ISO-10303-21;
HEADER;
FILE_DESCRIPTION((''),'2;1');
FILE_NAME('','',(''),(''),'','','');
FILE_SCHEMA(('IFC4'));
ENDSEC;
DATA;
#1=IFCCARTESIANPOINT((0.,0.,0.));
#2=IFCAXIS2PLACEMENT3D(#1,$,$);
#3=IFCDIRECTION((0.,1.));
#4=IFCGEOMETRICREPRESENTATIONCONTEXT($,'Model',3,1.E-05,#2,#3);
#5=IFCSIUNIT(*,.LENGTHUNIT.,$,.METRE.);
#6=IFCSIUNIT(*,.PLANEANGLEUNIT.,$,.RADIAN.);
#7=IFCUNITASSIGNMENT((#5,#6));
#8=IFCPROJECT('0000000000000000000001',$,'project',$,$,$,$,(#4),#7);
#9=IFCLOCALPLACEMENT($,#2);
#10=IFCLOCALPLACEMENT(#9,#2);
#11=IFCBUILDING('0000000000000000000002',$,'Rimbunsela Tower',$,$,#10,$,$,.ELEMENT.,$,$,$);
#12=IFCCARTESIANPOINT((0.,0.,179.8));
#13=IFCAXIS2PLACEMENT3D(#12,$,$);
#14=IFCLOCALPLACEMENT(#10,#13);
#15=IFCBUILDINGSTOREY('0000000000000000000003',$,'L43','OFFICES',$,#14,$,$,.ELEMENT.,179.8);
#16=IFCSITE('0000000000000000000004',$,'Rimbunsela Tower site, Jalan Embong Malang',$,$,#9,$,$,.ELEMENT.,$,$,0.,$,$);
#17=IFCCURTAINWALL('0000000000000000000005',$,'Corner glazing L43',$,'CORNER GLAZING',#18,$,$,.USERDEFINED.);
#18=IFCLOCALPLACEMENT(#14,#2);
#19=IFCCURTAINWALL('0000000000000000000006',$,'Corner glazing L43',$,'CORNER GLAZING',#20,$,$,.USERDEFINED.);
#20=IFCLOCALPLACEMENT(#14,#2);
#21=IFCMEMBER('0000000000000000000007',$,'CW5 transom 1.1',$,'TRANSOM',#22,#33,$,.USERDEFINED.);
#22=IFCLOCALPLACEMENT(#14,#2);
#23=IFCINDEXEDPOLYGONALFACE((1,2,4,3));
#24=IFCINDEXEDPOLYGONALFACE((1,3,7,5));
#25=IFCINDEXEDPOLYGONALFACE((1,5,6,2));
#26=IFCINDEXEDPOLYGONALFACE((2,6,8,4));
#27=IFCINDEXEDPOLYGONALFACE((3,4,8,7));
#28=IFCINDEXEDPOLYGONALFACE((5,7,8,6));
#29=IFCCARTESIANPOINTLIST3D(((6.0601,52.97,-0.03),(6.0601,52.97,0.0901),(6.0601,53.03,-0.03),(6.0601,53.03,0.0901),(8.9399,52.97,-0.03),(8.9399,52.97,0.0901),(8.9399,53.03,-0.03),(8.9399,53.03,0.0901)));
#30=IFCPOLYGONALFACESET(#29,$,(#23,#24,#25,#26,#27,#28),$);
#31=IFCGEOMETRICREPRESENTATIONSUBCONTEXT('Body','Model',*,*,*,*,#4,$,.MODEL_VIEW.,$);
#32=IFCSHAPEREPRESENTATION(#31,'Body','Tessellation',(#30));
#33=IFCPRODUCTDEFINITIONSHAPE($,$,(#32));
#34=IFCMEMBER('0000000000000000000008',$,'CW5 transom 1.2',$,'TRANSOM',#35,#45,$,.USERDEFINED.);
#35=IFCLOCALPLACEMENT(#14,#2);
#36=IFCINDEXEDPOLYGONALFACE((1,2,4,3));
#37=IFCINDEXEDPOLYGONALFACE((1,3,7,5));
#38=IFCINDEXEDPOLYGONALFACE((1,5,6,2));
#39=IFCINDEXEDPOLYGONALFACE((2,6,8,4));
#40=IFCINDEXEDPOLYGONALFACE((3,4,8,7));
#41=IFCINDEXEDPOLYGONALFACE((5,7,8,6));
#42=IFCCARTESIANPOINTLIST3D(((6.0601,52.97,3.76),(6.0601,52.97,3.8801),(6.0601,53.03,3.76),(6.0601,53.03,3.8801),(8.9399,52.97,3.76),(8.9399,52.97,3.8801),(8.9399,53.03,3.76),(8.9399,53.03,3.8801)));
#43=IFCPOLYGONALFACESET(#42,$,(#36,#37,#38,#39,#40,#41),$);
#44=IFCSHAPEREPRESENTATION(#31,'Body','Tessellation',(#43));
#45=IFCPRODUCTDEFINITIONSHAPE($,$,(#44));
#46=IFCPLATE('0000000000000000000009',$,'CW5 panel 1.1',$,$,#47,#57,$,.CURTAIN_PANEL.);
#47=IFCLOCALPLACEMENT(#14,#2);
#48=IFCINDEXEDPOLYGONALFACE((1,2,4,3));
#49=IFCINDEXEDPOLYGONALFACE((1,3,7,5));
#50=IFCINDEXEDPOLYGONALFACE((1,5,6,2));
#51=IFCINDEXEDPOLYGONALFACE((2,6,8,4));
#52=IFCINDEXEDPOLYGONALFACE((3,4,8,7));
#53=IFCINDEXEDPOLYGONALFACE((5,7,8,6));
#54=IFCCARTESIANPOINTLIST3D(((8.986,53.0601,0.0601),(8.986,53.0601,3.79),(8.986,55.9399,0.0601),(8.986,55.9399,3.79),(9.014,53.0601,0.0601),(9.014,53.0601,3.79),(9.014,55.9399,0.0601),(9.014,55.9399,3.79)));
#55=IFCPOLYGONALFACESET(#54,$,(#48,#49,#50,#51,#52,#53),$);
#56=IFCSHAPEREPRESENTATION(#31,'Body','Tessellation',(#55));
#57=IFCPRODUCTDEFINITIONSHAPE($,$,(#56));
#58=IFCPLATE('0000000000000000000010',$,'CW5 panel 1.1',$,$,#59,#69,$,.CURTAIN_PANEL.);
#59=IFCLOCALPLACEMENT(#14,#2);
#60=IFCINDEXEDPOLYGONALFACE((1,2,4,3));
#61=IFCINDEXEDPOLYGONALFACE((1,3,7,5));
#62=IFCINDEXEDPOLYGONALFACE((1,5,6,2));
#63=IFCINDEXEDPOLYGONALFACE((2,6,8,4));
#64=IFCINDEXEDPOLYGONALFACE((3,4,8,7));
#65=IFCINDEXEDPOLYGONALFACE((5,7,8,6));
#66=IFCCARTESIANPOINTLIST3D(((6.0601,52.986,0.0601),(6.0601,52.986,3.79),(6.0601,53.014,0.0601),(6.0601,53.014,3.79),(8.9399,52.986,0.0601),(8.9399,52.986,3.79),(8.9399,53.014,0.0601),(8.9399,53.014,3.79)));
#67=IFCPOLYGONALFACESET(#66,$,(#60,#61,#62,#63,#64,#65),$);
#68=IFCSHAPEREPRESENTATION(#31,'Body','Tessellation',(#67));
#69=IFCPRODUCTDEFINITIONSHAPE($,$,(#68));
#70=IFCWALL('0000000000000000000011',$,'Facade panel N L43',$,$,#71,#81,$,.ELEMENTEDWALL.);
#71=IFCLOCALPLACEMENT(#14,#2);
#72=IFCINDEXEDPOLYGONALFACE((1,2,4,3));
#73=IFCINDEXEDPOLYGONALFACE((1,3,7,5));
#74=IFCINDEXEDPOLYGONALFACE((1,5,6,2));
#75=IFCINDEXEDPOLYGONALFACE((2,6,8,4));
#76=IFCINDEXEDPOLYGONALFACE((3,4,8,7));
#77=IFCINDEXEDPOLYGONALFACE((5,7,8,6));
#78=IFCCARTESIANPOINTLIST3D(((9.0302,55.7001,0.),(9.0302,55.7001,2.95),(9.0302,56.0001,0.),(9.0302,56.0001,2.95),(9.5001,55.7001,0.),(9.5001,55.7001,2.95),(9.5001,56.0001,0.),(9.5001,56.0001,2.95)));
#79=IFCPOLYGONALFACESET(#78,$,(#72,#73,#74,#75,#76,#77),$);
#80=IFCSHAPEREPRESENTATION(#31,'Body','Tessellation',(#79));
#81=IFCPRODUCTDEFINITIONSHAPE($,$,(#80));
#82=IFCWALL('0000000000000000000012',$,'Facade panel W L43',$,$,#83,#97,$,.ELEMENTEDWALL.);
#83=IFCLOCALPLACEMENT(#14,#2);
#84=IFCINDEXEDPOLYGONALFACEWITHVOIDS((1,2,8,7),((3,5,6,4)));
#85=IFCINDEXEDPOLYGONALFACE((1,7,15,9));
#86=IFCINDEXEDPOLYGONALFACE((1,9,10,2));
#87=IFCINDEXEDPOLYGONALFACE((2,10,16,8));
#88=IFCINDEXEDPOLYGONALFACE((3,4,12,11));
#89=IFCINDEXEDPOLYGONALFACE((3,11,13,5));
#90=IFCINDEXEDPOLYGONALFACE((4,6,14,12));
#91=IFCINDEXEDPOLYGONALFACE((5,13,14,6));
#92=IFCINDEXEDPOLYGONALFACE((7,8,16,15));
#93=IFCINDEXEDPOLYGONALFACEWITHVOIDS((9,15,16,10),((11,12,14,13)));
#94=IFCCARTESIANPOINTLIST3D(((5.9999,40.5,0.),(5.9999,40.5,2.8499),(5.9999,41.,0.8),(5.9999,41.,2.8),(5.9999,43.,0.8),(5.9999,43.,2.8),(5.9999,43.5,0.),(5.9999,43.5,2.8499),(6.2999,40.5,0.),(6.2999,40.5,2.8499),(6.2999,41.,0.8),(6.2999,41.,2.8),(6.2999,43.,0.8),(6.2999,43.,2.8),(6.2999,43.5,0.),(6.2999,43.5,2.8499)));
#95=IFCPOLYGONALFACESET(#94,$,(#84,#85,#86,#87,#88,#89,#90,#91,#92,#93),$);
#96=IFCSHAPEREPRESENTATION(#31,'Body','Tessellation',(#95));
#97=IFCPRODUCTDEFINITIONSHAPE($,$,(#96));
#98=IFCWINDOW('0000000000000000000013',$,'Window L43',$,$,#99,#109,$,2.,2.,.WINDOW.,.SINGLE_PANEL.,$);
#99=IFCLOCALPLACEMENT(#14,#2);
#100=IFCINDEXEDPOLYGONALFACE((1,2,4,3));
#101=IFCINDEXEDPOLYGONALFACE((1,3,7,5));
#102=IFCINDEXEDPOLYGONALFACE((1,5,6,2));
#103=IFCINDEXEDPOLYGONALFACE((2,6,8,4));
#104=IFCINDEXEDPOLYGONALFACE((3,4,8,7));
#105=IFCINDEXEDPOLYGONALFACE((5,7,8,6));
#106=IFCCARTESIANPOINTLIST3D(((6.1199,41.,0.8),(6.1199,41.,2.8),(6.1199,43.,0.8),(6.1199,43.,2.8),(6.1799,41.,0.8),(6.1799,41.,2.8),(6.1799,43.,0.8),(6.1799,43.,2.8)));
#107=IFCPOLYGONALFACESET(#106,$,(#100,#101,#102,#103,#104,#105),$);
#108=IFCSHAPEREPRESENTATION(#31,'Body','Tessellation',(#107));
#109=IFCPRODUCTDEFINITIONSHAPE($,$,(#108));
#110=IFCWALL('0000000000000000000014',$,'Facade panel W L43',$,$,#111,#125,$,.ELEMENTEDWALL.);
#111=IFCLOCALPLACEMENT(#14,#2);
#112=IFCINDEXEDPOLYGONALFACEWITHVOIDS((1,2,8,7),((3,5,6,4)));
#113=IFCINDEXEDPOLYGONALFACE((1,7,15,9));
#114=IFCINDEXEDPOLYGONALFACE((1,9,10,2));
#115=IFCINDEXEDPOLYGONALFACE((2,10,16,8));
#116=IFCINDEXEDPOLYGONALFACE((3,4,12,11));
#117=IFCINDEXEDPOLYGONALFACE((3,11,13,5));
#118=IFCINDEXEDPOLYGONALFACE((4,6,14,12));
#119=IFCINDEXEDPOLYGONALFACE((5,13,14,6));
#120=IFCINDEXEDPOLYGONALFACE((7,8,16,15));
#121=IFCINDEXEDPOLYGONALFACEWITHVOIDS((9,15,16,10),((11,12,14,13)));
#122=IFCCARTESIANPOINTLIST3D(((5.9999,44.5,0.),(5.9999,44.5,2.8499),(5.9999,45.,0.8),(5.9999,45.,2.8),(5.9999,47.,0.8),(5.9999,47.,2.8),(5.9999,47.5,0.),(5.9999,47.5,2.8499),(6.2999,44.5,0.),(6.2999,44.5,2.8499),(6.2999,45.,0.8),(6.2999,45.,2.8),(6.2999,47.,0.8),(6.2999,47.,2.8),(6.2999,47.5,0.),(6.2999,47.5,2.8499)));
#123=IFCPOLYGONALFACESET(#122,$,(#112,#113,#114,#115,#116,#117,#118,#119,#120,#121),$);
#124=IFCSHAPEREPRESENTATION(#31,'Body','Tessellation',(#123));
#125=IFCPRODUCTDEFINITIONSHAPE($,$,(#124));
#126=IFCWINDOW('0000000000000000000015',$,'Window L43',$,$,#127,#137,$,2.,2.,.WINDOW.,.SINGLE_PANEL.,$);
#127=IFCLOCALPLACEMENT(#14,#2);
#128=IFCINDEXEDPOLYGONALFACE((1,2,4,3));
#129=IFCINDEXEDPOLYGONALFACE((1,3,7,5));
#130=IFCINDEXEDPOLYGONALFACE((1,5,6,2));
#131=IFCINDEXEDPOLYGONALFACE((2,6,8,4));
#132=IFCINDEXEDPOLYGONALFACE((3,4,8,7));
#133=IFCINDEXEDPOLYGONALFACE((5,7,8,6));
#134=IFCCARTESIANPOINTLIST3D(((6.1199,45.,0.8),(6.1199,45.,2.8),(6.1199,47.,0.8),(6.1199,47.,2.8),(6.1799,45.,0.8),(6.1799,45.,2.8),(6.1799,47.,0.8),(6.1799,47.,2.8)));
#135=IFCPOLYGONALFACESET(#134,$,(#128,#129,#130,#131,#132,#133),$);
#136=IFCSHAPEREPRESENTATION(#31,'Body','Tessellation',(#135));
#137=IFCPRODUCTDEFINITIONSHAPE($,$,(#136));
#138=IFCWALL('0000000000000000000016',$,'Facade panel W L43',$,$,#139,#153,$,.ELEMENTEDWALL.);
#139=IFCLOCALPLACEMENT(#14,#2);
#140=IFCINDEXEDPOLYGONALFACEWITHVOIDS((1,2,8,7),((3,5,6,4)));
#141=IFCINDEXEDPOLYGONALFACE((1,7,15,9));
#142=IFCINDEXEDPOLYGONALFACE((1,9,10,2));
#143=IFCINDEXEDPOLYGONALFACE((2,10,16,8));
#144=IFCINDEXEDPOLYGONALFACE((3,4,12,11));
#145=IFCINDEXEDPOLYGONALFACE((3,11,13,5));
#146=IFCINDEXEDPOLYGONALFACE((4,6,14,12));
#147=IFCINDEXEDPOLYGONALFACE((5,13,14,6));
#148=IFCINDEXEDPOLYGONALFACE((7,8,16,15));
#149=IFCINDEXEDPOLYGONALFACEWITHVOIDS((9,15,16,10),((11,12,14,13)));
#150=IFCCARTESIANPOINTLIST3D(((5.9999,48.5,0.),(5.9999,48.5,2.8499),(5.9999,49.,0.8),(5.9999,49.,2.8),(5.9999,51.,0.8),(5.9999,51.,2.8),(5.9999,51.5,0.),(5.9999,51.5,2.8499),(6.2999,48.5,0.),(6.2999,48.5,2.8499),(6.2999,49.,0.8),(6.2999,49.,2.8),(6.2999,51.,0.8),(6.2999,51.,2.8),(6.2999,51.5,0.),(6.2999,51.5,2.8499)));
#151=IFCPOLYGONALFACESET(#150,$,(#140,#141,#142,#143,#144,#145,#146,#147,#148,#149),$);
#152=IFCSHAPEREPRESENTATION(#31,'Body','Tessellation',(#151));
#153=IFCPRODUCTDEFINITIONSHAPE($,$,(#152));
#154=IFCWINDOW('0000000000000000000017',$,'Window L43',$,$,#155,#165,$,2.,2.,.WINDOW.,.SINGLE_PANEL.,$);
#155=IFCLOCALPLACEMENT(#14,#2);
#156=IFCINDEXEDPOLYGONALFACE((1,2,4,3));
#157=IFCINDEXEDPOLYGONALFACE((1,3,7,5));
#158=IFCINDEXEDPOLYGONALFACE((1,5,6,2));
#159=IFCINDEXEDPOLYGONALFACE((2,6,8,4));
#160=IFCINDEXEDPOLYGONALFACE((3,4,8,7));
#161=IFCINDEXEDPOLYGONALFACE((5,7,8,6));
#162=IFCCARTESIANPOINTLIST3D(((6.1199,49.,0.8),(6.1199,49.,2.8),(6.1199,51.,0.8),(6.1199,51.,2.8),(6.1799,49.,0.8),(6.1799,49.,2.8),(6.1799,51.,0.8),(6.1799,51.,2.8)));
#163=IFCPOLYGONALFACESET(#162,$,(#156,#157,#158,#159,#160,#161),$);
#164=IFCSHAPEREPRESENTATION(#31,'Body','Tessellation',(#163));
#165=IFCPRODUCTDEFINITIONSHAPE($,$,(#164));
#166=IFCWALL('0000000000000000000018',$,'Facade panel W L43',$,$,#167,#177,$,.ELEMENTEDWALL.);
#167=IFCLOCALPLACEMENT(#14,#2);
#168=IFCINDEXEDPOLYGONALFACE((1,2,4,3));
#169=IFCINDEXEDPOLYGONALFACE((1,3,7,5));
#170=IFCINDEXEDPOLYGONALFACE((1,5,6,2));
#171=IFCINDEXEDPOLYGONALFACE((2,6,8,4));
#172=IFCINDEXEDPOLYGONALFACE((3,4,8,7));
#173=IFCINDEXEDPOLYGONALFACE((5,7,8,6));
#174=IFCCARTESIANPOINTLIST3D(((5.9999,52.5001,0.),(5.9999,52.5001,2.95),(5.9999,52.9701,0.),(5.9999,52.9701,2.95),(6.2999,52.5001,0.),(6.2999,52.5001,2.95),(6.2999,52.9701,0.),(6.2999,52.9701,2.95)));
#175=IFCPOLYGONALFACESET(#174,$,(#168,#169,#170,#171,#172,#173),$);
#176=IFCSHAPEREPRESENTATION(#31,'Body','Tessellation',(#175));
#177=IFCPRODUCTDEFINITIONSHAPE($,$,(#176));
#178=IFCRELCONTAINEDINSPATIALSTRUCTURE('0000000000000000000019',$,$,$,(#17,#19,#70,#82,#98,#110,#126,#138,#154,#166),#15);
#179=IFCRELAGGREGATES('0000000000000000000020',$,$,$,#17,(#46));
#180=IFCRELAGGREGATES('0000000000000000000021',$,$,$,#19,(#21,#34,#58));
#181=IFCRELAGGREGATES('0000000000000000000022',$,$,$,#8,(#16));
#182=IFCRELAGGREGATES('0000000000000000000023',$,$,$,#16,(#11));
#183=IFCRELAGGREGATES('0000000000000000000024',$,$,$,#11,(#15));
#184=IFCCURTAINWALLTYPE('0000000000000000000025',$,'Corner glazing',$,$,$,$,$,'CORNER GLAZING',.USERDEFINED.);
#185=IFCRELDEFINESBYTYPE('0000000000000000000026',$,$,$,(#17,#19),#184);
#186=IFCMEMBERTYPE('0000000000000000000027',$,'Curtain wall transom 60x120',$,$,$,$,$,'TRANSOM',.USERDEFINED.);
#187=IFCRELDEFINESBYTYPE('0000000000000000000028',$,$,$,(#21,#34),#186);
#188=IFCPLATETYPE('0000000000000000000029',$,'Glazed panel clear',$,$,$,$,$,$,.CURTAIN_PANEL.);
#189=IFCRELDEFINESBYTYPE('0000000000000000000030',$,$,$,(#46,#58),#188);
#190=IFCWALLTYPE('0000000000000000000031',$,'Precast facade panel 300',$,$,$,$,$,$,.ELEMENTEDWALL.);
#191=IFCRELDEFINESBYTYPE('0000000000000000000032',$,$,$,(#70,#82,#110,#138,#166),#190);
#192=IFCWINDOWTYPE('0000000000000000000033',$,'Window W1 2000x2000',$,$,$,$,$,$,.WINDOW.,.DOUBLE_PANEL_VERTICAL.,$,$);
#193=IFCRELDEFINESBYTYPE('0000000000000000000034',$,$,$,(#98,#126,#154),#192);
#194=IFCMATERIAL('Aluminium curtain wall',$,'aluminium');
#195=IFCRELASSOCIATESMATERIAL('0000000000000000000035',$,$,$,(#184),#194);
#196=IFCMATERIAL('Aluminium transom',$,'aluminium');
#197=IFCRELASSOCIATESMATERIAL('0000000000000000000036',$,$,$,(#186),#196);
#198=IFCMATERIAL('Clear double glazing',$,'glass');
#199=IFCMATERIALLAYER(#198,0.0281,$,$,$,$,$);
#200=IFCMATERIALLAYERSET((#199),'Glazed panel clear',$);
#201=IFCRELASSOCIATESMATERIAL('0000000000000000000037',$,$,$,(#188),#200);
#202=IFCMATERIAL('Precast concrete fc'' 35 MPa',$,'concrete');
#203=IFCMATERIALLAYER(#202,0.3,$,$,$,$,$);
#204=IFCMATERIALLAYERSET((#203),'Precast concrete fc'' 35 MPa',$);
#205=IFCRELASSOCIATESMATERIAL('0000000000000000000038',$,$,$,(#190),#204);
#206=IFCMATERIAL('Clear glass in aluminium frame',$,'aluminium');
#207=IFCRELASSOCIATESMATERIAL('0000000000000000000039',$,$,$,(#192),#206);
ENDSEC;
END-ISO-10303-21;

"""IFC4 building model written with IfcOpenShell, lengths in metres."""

from ifc_helpers import new_model, si_unit, direction, frame, frame_2d, origin, origin_2d, place, context, subcontext, project, spatial, rectangle, extrude, material, layer, layer_set, material_profile, profile_set, type_object, element, fill, aggregate, save


model = new_model("IFC4")

# Units and contexts
model_context = context("Model", 3, precision=1e-05, world=origin(), true_north=direction((0.0, 1.0)))
body_context = subcontext(model_context, "Body", "Model", "MODEL_VIEW")
ifc_project = project(units=[si_unit("LENGTHUNIT", "METRE"), si_unit("PLANEANGLEUNIT", "RADIAN")], contexts=[model_context])

# Site, building, storey
site_placement = place(None, origin())
site = spatial("IfcSite", under=ifc_project, at=site_placement, Name="Rimbunsela Tower site, Jalan Embong Malang", CompositionType="ELEMENT", RefElevation=0.0)
building_placement = place(site_placement, origin())
building = spatial("IfcBuilding", under=site, at=building_placement, Name="Rimbunsela Tower", CompositionType="ELEMENT")
storey_placement = place(building_placement, frame((0.0, 0.0, 179.8)))
storey = spatial("IfcBuildingStorey", under=building, at=storey_placement, Name="L43", Description="OFFICES", CompositionType="ELEMENT", Elevation=179.8)

# Curtain walls
ifc_material_1 = material(Name="Aluminium curtain wall", Category="aluminium")
curtain_wall_type = type_object("IfcCurtainWallType", Name="Corner glazing", ElementType="CORNER GLAZING", PredefinedType="USERDEFINED", material=ifc_material_1)
curtain_wall_1_placement = place(storey_placement, origin())
curtain_wall_1 = element("IfcCurtainWall", 1, at=curtain_wall_1_placement, inside=storey, type_object=curtain_wall_type, Name="Corner glazing L43", ObjectType="CORNER GLAZING", PredefinedType="USERDEFINED")
curtain_wall_2_placement = place(storey_placement, origin())
curtain_wall_2 = element("IfcCurtainWall", 2, at=curtain_wall_2_placement, inside=storey, type_object=curtain_wall_type, Name="Corner glazing L43", ObjectType="CORNER GLAZING", PredefinedType="USERDEFINED")

# Members
ifc_material_2 = material(Name="Aluminium transom", Category="aluminium")
ifc_material_profile_1 = material_profile(ifc_material_2, rectangle(XDim=0.0601, YDim=0.1201, at=origin_2d()), Name="Transom 60x120")
ifc_profile_set_1 = profile_set([ifc_material_profile_1], Name="Aluminium transom")
member_type_1 = type_object("IfcMemberType", Name="Curtain wall transom 60x120", ElementType="TRANSOM", PredefinedType="USERDEFINED", material=ifc_profile_set_1)
member_1_placement = place(storey_placement, frame((8.9399, 53.0, 0.03), z_axis=(-1.0, 0.0, 0.0), x_axis=(0.0, -1.0, 0.0)))
member_1 = element("IfcMember", 3, at=member_1_placement, type_object=member_type_1, Name="CW5 transom 1.1", ObjectType="TRANSOM", PredefinedType="USERDEFINED", context=body_context, shape_type="SweptSolid", body=[
    extrude(rectangle(XDim=0.0601, YDim=0.1201, at=origin_2d()), origin(), (0.0, 0.0, 1.0), 2.8799),
])
member_2_placement = place(storey_placement, frame((8.9399, 53.0, 3.8201), z_axis=(-1.0, 0.0, 0.0), x_axis=(0.0, -1.0, 0.0)))
member_2 = element("IfcMember", 4, at=member_2_placement, type_object=member_type_1, Name="CW5 transom 1.2", ObjectType="TRANSOM", PredefinedType="USERDEFINED", context=body_context, shape_type="SweptSolid", body=[
    extrude(rectangle(XDim=0.0601, YDim=0.1201, at=origin_2d()), origin(), (0.0, 0.0, 1.0), 2.8799),
])

# Plates
ifc_material_3 = material(Name="Clear double glazing", Category="glass")
ifc_layer_1 = layer(ifc_material_3, 0.0281)
ifc_layer_set_1 = layer_set([ifc_layer_1], Name="Glazed panel clear")
plate_type = type_object("IfcPlateType", Name="Glazed panel clear", PredefinedType="CURTAIN_PANEL", material=ifc_layer_set_1)
plate_1_placement = place(storey_placement, frame((9.0, 54.5, 0.0601), z_axis=(0.0, 0.0, 1.0), x_axis=(0.0, -1.0, 0.0)))
plate_1 = element("IfcPlate", 5, at=plate_1_placement, type_object=plate_type, Name="CW5 panel 1.1", PredefinedType="CURTAIN_PANEL", context=body_context, shape_type="SweptSolid", body=[
    extrude(rectangle(XDim=2.8799, YDim=0.0281, at=origin_2d()), origin(), (0.0, 0.0, 1.0), 3.73),
])
aggregate(curtain_wall_1, [plate_1])
plate_2_placement = place(storey_placement, frame((7.5, 53.0, 0.0601), z_axis=(0.0, 0.0, 1.0), x_axis=(-1.0, 0.0, 0.0)))
plate_2 = element("IfcPlate", 6, at=plate_2_placement, type_object=plate_type, Name="CW5 panel 1.1", PredefinedType="CURTAIN_PANEL", context=body_context, shape_type="SweptSolid", body=[
    extrude(rectangle(XDim=2.8799, YDim=0.0281, at=origin_2d()), origin(), (0.0, 0.0, 1.0), 3.73),
])
aggregate(curtain_wall_2, [member_1, member_2, plate_2])

# Wall
ifc_material_4 = material(Name="Precast concrete fc' 35 MPa", Category="concrete")
ifc_layer_2 = layer(ifc_material_4, 0.3)
ifc_layer_set_2 = layer_set([ifc_layer_2], Name="Precast concrete fc' 35 MPa")
wall_type = type_object("IfcWallType", Name="Precast facade panel 300", PredefinedType="ELEMENTEDWALL", material=ifc_layer_set_2)
wall_1_placement = place(storey_placement, frame((9.5, 55.8501, 0.0), z_axis=(0.0, 0.0, 1.0), x_axis=(-1.0, 0.0, 0.0)))
element("IfcWall", 7, at=wall_1_placement, inside=storey, type_object=wall_type, Name="Facade panel N L43", PredefinedType="ELEMENTEDWALL", context=body_context, shape_type="SweptSolid", body=[
    extrude(rectangle(XDim=0.47, YDim=0.3, at=frame_2d((0.2349, 0.0))), origin(), (0.0, 0.0, 1.0), 2.95),
])

# Walls, openings, windows
wall_2_placement = place(storey_placement, frame((6.1499, 43.5, 0.0), z_axis=(0.0, 0.0, 1.0), x_axis=(0.0, -1.0, 0.0)))
wall_2 = element("IfcWall", 8, at=wall_2_placement, inside=storey, type_object=wall_type, Name="Facade panel W L43", PredefinedType="ELEMENTEDWALL", context=body_context, shape_type="SweptSolid", body=[
    extrude(rectangle(XDim=3.0, YDim=0.3, at=frame_2d((1.5, 0.0))), origin(), (0.0, 0.0, 1.0), 2.8499),
])
opening_1_placement = place(wall_2_placement, frame((0.5, 0.0, 0.8)))
opening_1 = element("IfcOpeningElement", 9, at=opening_1_placement, cuts=wall_2, PredefinedType="OPENING", context=body_context, shape_type="SweptSolid", body=[
    extrude(rectangle(XDim=2.0, YDim=2.0, at=frame_2d((1.0, 1.0))), frame((0.0, 0.1599, 0.0), z_axis=(0.0, -1.0, 0.0), x_axis=(1.0, 0.0, 0.0)), (0.0, 0.0, 1.0), 0.3201),
])
ifc_material_5 = material(Name="Clear glass in aluminium frame", Category="aluminium")
window_type = type_object("IfcWindowType", Name="Window W1 2000x2000", PartitioningType="DOUBLE_PANEL_VERTICAL", PredefinedType="WINDOW", material=ifc_material_5)
window_1_placement = place(opening_1_placement, origin())
window_1 = element("IfcWindow", 10, at=window_1_placement, inside=storey, type_object=window_type, Name="Window L43", OverallHeight=2.0, OverallWidth=2.0, PartitioningType="SINGLE_PANEL", PredefinedType="WINDOW", context=body_context, shape_type="SweptSolid", body=[
    extrude(rectangle(XDim=2.0, YDim=2.0, at=frame_2d((1.0, 1.0))), frame((0.0, 0.03, 0.0), z_axis=(0.0, -1.0, 0.0), x_axis=(1.0, 0.0, 0.0)), (0.0, 0.0, 1.0), 0.0601),
])
fill(opening_1, window_1)
wall_3_placement = place(storey_placement, frame((6.1499, 47.5, 0.0), z_axis=(0.0, 0.0, 1.0), x_axis=(0.0, -1.0, 0.0)))
wall_3 = element("IfcWall", 11, at=wall_3_placement, inside=storey, type_object=wall_type, Name="Facade panel W L43", PredefinedType="ELEMENTEDWALL", context=body_context, shape_type="SweptSolid", body=[
    extrude(rectangle(XDim=3.0, YDim=0.3, at=frame_2d((1.5, 0.0))), origin(), (0.0, 0.0, 1.0), 2.8499),
])
opening_2_placement = place(wall_3_placement, frame((0.5, 0.0, 0.8)))
opening_2 = element("IfcOpeningElement", 12, at=opening_2_placement, cuts=wall_3, PredefinedType="OPENING", context=body_context, shape_type="SweptSolid", body=[
    extrude(rectangle(XDim=2.0, YDim=2.0, at=frame_2d((1.0, 1.0))), frame((0.0, 0.1599, 0.0), z_axis=(0.0, -1.0, 0.0), x_axis=(1.0, 0.0, 0.0)), (0.0, 0.0, 1.0), 0.3201),
])
window_2_placement = place(opening_2_placement, origin())
window_2 = element("IfcWindow", 13, at=window_2_placement, inside=storey, type_object=window_type, Name="Window L43", OverallHeight=2.0, OverallWidth=2.0, PartitioningType="SINGLE_PANEL", PredefinedType="WINDOW", context=body_context, shape_type="SweptSolid", body=[
    extrude(rectangle(XDim=2.0, YDim=2.0, at=frame_2d((1.0, 1.0))), frame((0.0, 0.03, 0.0), z_axis=(0.0, -1.0, 0.0), x_axis=(1.0, 0.0, 0.0)), (0.0, 0.0, 1.0), 0.0601),
])
fill(opening_2, window_2)
wall_4_placement = place(storey_placement, frame((6.1499, 51.5, 0.0), z_axis=(0.0, 0.0, 1.0), x_axis=(0.0, -1.0, 0.0)))
wall_4 = element("IfcWall", 14, at=wall_4_placement, inside=storey, type_object=wall_type, Name="Facade panel W L43", PredefinedType="ELEMENTEDWALL", context=body_context, shape_type="SweptSolid", body=[
    extrude(rectangle(XDim=3.0, YDim=0.3, at=frame_2d((1.5, 0.0))), origin(), (0.0, 0.0, 1.0), 2.8499),
])
opening_3_placement = place(wall_4_placement, frame((0.5, 0.0, 0.8)))
opening_3 = element("IfcOpeningElement", 15, at=opening_3_placement, cuts=wall_4, PredefinedType="OPENING", context=body_context, shape_type="SweptSolid", body=[
    extrude(rectangle(XDim=2.0, YDim=2.0, at=frame_2d((1.0, 1.0))), frame((0.0, 0.1599, 0.0), z_axis=(0.0, -1.0, 0.0), x_axis=(1.0, 0.0, 0.0)), (0.0, 0.0, 1.0), 0.3201),
])
window_3_placement = place(opening_3_placement, origin())
window_3 = element("IfcWindow", 16, at=window_3_placement, inside=storey, type_object=window_type, Name="Window L43", OverallHeight=2.0, OverallWidth=2.0, PartitioningType="SINGLE_PANEL", PredefinedType="WINDOW", context=body_context, shape_type="SweptSolid", body=[
    extrude(rectangle(XDim=2.0, YDim=2.0, at=frame_2d((1.0, 1.0))), frame((0.0, 0.03, 0.0), z_axis=(0.0, -1.0, 0.0), x_axis=(1.0, 0.0, 0.0)), (0.0, 0.0, 1.0), 0.0601),
])
fill(opening_3, window_3)

# Wall
wall_5_placement = place(storey_placement, frame((6.1499, 52.97, 0.0), z_axis=(0.0, 0.0, 1.0), x_axis=(0.0, -1.0, 0.0)))
element("IfcWall", 17, at=wall_5_placement, inside=storey, type_object=wall_type, Name="Facade panel W L43", PredefinedType="ELEMENTEDWALL", context=body_context, shape_type="SweptSolid", body=[
    extrude(rectangle(XDim=0.47, YDim=0.3, at=frame_2d((0.2349, 0.0))), origin(), (0.0, 0.0, 1.0), 2.95),
])

save(model, "model.ifc")
